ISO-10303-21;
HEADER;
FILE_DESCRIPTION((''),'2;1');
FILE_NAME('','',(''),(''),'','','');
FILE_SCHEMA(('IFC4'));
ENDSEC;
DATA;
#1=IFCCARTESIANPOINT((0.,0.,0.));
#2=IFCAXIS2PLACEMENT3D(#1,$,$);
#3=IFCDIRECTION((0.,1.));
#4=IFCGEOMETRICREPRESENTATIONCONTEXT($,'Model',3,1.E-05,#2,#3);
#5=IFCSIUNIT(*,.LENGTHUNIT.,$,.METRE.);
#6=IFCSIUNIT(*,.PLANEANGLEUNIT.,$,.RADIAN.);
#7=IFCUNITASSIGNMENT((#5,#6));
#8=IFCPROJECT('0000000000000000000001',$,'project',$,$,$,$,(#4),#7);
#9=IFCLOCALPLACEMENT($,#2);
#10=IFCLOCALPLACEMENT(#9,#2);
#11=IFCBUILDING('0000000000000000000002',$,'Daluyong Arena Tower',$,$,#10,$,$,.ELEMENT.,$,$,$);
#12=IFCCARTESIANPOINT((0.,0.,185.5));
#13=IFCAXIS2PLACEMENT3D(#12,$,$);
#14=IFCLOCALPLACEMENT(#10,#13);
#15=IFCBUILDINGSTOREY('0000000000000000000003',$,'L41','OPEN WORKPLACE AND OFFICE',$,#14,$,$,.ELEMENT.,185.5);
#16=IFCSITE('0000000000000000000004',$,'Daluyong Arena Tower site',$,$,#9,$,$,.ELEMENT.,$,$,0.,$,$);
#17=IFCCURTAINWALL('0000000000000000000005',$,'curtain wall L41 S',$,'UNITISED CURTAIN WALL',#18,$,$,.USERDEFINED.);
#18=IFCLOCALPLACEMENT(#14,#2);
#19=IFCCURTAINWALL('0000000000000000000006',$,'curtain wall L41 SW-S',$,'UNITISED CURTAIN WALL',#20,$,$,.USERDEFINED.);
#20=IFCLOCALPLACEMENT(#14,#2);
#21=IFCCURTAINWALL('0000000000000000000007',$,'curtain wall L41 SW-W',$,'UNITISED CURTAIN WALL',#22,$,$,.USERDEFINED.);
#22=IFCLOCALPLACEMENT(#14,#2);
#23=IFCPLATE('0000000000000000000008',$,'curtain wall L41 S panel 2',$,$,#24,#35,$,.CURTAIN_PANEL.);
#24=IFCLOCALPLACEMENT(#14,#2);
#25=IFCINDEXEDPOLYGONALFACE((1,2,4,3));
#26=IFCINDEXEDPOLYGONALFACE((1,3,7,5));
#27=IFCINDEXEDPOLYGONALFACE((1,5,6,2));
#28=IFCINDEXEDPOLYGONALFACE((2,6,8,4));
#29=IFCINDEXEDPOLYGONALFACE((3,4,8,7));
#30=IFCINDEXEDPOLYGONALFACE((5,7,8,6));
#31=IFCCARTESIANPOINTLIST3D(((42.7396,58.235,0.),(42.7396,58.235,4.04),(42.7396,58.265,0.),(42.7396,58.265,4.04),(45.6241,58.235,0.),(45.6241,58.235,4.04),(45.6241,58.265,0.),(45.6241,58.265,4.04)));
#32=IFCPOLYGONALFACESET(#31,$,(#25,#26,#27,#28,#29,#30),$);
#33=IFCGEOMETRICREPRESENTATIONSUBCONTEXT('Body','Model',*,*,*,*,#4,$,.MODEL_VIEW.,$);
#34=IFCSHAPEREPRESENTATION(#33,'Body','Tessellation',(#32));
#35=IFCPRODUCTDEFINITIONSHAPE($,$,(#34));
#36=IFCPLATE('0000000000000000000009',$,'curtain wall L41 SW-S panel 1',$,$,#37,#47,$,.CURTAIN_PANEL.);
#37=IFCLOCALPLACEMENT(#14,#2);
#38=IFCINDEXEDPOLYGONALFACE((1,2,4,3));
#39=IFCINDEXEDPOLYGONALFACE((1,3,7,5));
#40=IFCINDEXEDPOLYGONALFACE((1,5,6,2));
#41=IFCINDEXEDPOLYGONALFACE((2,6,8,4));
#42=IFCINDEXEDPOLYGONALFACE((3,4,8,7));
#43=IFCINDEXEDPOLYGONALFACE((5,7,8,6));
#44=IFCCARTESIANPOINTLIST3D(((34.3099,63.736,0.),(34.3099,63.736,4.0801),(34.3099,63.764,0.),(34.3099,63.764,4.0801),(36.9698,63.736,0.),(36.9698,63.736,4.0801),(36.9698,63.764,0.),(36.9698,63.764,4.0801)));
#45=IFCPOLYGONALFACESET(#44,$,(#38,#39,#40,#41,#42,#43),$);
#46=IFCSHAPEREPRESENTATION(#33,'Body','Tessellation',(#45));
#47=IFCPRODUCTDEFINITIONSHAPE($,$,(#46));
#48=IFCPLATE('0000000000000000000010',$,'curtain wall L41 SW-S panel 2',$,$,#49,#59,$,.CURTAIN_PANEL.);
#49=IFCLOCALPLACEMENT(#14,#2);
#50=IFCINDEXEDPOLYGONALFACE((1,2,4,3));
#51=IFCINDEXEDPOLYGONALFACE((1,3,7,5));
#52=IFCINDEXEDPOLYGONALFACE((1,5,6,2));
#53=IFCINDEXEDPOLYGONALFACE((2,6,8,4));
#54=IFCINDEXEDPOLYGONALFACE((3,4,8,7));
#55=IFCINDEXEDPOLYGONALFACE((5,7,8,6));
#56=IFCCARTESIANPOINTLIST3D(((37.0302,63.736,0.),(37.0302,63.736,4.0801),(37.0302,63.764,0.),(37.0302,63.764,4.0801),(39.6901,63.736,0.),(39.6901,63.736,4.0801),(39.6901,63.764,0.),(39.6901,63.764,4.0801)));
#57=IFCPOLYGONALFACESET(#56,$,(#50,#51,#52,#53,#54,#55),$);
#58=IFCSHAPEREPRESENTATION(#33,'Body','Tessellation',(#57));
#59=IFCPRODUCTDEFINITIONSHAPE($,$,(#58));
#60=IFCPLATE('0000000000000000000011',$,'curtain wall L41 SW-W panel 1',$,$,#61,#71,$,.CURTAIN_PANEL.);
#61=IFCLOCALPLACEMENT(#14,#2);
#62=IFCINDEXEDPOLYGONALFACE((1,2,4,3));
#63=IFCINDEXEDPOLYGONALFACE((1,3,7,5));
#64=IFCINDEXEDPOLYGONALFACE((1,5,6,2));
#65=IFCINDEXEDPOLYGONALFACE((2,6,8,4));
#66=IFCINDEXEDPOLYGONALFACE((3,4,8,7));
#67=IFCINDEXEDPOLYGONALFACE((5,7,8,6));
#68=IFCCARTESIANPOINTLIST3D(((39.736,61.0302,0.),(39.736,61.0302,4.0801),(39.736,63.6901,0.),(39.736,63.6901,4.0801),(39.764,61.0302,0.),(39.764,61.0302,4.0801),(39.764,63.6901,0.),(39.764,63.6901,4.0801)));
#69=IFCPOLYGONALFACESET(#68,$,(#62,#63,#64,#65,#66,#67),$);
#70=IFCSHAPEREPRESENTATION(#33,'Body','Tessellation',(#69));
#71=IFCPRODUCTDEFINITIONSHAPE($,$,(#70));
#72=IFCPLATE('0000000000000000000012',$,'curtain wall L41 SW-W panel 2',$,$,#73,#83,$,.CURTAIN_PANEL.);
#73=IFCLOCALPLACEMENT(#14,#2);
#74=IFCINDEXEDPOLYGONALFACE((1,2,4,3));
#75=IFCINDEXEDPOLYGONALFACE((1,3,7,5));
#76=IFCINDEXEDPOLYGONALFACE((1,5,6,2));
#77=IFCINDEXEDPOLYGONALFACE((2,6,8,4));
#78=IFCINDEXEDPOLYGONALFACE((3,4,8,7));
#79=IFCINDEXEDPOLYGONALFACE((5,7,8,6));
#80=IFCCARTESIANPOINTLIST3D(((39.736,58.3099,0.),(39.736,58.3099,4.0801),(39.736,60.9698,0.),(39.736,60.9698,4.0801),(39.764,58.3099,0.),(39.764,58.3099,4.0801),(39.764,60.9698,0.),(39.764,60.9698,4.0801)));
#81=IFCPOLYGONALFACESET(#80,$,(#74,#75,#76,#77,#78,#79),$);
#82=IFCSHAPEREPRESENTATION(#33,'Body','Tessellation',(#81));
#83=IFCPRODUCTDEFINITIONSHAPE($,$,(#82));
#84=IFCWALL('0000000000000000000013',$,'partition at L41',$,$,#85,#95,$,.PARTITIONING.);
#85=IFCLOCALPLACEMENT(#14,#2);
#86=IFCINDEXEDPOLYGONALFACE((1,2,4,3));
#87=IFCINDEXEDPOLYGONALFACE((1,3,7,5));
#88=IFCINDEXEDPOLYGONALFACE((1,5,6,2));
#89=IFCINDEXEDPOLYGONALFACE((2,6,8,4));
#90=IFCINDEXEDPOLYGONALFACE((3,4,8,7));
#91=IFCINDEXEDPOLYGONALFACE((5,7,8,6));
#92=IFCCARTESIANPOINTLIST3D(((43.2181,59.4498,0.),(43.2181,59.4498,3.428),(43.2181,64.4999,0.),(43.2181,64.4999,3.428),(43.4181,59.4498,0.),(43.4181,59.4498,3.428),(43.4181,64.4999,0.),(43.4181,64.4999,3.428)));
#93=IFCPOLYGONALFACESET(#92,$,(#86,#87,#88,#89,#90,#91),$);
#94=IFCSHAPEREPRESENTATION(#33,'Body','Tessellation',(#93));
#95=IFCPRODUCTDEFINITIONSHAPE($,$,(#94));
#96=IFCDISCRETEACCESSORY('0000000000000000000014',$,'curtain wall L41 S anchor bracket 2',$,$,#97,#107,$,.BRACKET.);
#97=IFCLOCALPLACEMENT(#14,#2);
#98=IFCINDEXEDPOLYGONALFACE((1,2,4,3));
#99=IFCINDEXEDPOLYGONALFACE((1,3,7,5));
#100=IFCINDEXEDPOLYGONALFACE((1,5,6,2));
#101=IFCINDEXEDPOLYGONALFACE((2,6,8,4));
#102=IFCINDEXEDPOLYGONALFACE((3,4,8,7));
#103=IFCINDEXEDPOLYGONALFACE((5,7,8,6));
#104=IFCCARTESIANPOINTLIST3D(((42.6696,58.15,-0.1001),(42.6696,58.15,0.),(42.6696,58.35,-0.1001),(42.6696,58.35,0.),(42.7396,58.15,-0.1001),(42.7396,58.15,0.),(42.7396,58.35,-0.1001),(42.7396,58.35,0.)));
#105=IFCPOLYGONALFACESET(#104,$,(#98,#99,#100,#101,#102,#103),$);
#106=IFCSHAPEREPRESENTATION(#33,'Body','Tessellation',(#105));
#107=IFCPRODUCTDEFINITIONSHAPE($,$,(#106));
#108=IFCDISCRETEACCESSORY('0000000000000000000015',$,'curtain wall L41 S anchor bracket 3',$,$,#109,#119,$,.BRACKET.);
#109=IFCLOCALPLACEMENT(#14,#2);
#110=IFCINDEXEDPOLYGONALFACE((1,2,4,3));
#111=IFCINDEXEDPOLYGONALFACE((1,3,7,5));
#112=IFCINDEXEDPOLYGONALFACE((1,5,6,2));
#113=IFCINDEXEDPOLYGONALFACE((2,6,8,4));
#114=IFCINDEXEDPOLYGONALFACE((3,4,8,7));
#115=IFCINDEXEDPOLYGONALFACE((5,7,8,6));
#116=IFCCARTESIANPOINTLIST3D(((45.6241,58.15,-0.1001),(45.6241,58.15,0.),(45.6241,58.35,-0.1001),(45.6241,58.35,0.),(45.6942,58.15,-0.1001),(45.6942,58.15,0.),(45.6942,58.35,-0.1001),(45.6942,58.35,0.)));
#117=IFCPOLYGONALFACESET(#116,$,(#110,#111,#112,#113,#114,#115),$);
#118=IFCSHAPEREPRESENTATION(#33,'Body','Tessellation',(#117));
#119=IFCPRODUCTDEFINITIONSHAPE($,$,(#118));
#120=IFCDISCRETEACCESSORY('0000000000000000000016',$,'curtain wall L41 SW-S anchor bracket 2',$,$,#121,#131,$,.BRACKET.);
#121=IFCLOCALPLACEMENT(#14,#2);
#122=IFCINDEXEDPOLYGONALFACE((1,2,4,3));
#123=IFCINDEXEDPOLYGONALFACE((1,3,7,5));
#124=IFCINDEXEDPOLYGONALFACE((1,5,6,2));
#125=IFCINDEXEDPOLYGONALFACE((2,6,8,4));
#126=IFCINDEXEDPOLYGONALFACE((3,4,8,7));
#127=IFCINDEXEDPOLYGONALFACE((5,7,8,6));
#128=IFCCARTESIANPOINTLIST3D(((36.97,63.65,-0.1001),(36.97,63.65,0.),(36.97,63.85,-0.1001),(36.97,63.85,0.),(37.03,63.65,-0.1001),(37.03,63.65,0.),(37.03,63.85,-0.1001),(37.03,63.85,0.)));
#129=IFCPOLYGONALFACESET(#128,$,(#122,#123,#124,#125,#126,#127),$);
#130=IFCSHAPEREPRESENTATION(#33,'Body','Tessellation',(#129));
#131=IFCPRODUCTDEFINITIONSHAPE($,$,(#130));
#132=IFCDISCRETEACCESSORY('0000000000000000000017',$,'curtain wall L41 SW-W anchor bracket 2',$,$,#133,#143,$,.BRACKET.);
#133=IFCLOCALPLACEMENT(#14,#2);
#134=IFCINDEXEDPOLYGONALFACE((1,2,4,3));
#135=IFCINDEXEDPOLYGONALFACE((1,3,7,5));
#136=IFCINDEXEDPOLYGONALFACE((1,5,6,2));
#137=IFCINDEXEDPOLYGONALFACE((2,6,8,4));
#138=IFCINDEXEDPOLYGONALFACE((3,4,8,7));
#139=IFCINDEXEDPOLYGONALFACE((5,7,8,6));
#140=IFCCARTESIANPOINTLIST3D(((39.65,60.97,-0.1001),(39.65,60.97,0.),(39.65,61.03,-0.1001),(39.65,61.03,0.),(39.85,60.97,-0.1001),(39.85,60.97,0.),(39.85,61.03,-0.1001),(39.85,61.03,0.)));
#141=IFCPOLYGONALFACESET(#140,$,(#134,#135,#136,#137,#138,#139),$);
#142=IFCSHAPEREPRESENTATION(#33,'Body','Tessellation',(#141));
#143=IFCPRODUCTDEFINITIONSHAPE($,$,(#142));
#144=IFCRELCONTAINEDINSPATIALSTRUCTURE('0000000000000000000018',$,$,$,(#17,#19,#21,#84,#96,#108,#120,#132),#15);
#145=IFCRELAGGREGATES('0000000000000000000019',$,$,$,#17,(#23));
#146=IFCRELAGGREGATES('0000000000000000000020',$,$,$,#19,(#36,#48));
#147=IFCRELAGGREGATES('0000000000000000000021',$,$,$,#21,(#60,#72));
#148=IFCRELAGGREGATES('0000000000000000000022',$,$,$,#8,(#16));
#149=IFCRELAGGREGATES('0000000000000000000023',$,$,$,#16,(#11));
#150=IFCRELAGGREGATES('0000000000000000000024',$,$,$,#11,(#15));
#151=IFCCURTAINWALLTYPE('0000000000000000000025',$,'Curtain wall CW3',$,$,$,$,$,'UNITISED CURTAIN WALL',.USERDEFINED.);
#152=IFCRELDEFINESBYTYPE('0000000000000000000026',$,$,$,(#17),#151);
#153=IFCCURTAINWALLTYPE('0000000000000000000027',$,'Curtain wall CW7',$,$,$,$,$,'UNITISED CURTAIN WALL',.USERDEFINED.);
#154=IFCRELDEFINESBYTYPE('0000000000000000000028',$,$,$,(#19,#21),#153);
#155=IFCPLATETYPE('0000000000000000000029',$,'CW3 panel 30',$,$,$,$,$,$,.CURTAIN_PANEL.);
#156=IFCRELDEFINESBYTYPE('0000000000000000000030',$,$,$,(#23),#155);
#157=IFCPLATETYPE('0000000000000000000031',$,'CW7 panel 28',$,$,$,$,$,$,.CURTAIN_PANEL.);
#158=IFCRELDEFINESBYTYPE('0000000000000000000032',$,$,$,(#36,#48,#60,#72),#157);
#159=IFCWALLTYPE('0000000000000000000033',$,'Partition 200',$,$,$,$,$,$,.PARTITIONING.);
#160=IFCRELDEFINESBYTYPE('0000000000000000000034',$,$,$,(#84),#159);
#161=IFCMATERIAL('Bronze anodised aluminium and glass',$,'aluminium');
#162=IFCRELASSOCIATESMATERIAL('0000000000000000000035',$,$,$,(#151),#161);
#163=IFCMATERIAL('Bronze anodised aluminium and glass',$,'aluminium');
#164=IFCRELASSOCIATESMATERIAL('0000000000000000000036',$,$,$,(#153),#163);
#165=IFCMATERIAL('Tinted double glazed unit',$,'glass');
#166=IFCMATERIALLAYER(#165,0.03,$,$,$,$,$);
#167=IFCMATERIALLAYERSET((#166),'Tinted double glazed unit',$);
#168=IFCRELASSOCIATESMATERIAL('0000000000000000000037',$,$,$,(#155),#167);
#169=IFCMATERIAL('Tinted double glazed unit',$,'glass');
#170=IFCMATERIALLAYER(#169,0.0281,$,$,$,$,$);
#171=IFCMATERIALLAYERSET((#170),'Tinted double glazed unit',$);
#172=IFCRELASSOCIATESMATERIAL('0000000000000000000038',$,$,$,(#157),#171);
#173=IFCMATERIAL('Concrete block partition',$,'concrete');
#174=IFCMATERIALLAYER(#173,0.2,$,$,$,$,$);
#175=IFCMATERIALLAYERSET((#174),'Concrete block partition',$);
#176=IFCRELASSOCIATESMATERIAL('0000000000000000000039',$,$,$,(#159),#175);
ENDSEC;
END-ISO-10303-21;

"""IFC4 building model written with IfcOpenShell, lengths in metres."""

from ifc_helpers import new_model, si_unit, direction, frame, frame_2d, origin, origin_2d, place, context, subcontext, project, spatial, rectangle, extrude, material, layer, layer_set, type_object, element, aggregate, save


model = new_model("IFC4")

# Units and contexts
model_context = context("Model", 3, precision=1e-05, world=origin(), true_north=direction((0.0, 1.0)))
body_context = subcontext(model_context, "Body", "Model", "MODEL_VIEW")
ifc_project = project(units=[si_unit("LENGTHUNIT", "METRE"), si_unit("PLANEANGLEUNIT", "RADIAN")], contexts=[model_context])

# Site, building, storey
site_placement = place(None, origin())
site = spatial("IfcSite", under=ifc_project, at=site_placement, Name="Daluyong Arena Tower site", CompositionType="ELEMENT", RefElevation=0.0)
building_placement = place(site_placement, origin())
building = spatial("IfcBuilding", under=site, at=building_placement, Name="Daluyong Arena Tower", CompositionType="ELEMENT")
storey_placement = place(building_placement, frame((0.0, 0.0, 185.5)))
storey = spatial("IfcBuildingStorey", under=building, at=storey_placement, Name="L41", Description="OPEN WORKPLACE AND OFFICE", CompositionType="ELEMENT", Elevation=185.5)

# Shared definitions
ifc_material_1 = material(Name="Bronze anodised aluminium and glass", Category="aluminium")
curtain_wall_type_1 = type_object("IfcCurtainWallType", Name="Curtain wall CW3", ElementType="UNITISED CURTAIN WALL", PredefinedType="USERDEFINED", material=ifc_material_1)

# Curtain walls
curtain_wall_1_placement = place(storey_placement, origin())
curtain_wall_1 = element("IfcCurtainWall", 1, at=curtain_wall_1_placement, inside=storey, type_object=curtain_wall_type_1, Name="curtain wall L41 S", ObjectType="UNITISED CURTAIN WALL", PredefinedType="USERDEFINED")
ifc_material_2 = material(Name="Bronze anodised aluminium and glass", Category="aluminium")
curtain_wall_type_2 = type_object("IfcCurtainWallType", Name="Curtain wall CW7", ElementType="UNITISED CURTAIN WALL", PredefinedType="USERDEFINED", material=ifc_material_2)
curtain_wall_2_placement = place(storey_placement, origin())
curtain_wall_2 = element("IfcCurtainWall", 2, at=curtain_wall_2_placement, inside=storey, type_object=curtain_wall_type_2, Name="curtain wall L41 SW-S", ObjectType="UNITISED CURTAIN WALL", PredefinedType="USERDEFINED")
curtain_wall_3_placement = place(storey_placement, origin())
curtain_wall_3 = element("IfcCurtainWall", 3, at=curtain_wall_3_placement, inside=storey, type_object=curtain_wall_type_2, Name="curtain wall L41 SW-W", ObjectType="UNITISED CURTAIN WALL", PredefinedType="USERDEFINED")

# Plates
ifc_material_3 = material(Name="Tinted double glazed unit", Category="glass")
ifc_layer_1 = layer(ifc_material_3, 0.03)
ifc_layer_set_1 = layer_set([ifc_layer_1], Name="Tinted double glazed unit")
plate_type_1 = type_object("IfcPlateType", Name="CW3 panel 30", PredefinedType="CURTAIN_PANEL", material=ifc_layer_set_1)
plate_1_placement = place(storey_placement, frame((44.1819, 58.25, 0.0), z_axis=(0.0, 0.0, 1.0), x_axis=(1.0, 0.0, 0.0)))
plate_1 = element("IfcPlate", 4, at=plate_1_placement, type_object=plate_type_1, Name="curtain wall L41 S panel 2", PredefinedType="CURTAIN_PANEL", context=body_context, shape_type="SweptSolid", body=[
    extrude(rectangle(XDim=2.8845, YDim=0.03, at=origin_2d()), origin(), (0.0, 0.0, 1.0), 4.04),
])
aggregate(curtain_wall_1, [plate_1])
ifc_material_4 = material(Name="Tinted double glazed unit", Category="glass")
ifc_layer_2 = layer(ifc_material_4, 0.0281)
ifc_layer_set_2 = layer_set([ifc_layer_2], Name="Tinted double glazed unit")
plate_type_2 = type_object("IfcPlateType", Name="CW7 panel 28", PredefinedType="CURTAIN_PANEL", material=ifc_layer_set_2)
plate_2_placement = place(storey_placement, frame((35.6399, 63.75, 0.0), z_axis=(0.0, 0.0, 1.0), x_axis=(1.0, 0.0, 0.0)))
plate_2 = element("IfcPlate", 5, at=plate_2_placement, type_object=plate_type_2, Name="curtain wall L41 SW-S panel 1", PredefinedType="CURTAIN_PANEL", context=body_context, shape_type="SweptSolid", body=[
    extrude(rectangle(XDim=2.6599, YDim=0.0281, at=origin_2d()), origin(), (0.0, 0.0, 1.0), 4.0801),
])
plate_3_placement = place(storey_placement, frame((38.3601, 63.75, 0.0), z_axis=(0.0, 0.0, 1.0), x_axis=(1.0, 0.0, 0.0)))
plate_3 = element("IfcPlate", 6, at=plate_3_placement, type_object=plate_type_2, Name="curtain wall L41 SW-S panel 2", PredefinedType="CURTAIN_PANEL", context=body_context, shape_type="SweptSolid", body=[
    extrude(rectangle(XDim=2.6599, YDim=0.0281, at=origin_2d()), origin(), (0.0, 0.0, 1.0), 4.0801),
])
aggregate(curtain_wall_2, [plate_2, plate_3])
plate_4_placement = place(storey_placement, frame((39.75, 62.3601, 0.0), z_axis=(0.0, 0.0, 1.0), x_axis=(0.0, -1.0, 0.0)))
plate_4 = element("IfcPlate", 7, at=plate_4_placement, type_object=plate_type_2, Name="curtain wall L41 SW-W panel 1", PredefinedType="CURTAIN_PANEL", context=body_context, shape_type="SweptSolid", body=[
    extrude(rectangle(XDim=2.6599, YDim=0.0281, at=origin_2d()), origin(), (0.0, 0.0, 1.0), 4.0801),
])
plate_5_placement = place(storey_placement, frame((39.75, 59.6399, 0.0), z_axis=(0.0, 0.0, 1.0), x_axis=(0.0, -1.0, 0.0)))
plate_5 = element("IfcPlate", 8, at=plate_5_placement, type_object=plate_type_2, Name="curtain wall L41 SW-W panel 2", PredefinedType="CURTAIN_PANEL", context=body_context, shape_type="SweptSolid", body=[
    extrude(rectangle(XDim=2.6599, YDim=0.0281, at=origin_2d()), origin(), (0.0, 0.0, 1.0), 4.0801),
])
aggregate(curtain_wall_3, [plate_4, plate_5])

# Wall
ifc_material_5 = material(Name="Concrete block partition", Category="concrete")
ifc_layer_3 = layer(ifc_material_5, 0.2)
ifc_layer_set_3 = layer_set([ifc_layer_3], Name="Concrete block partition")
wall_type = type_object("IfcWallType", Name="Partition 200", PredefinedType="PARTITIONING", material=ifc_layer_set_3)
wall_placement = place(storey_placement, frame((43.3181, 59.45, 0.0), z_axis=(0.0, 0.0, 1.0), x_axis=(0.0, 1.0, 0.0)))
element("IfcWall", 9, at=wall_placement, inside=storey, type_object=wall_type, Name="partition at L41", PredefinedType="PARTITIONING", context=body_context, shape_type="SweptSolid", body=[
    extrude(rectangle(XDim=5.05, YDim=0.2, at=frame_2d((2.5249, 0.0))), origin(), (0.0, 0.0, 1.0), 3.428),
])

# Discrete accessories
for number, where, z_axis, x_axis, name in (
    (10, (42.7046, 58.25, -0.1001), (0.0, 0.0, 1.0), (1.0, 0.0, 0.0), "curtain wall L41 S anchor bracket 2"),
    (11, (45.6592, 58.25, -0.1001), (0.0, 0.0, 1.0), (1.0, 0.0, 0.0), "curtain wall L41 S anchor bracket 3"),
):
    element("IfcDiscreteAccessory", number, at=place(storey_placement, frame(where, z_axis=z_axis, x_axis=x_axis)), inside=storey, Name=name, PredefinedType="BRACKET", context=body_context, shape_type="SweptSolid", body=[
        extrude(rectangle(XDim=0.0701, YDim=0.2, at=origin_2d()), origin(), (0.0, 0.0, 1.0), 0.1001),
    ])
for number, where, z_axis, x_axis, name in (
    (12, (37.0, 63.75, -0.1001), (0.0, 0.0, 1.0), (1.0, 0.0, 0.0), "curtain wall L41 SW-S anchor bracket 2"),
    (13, (39.75, 61.0, -0.1001), (0.0, 0.0, 1.0), (0.0, -1.0, 0.0), "curtain wall L41 SW-W anchor bracket 2"),
):
    element("IfcDiscreteAccessory", number, at=place(storey_placement, frame(where, z_axis=z_axis, x_axis=x_axis)), inside=storey, Name=name, PredefinedType="BRACKET", context=body_context, shape_type="SweptSolid", body=[
        extrude(rectangle(XDim=0.0601, YDim=0.2, at=origin_2d()), origin(), (0.0, 0.0, 1.0), 0.1001),
    ])

save(model, "model.ifc")
